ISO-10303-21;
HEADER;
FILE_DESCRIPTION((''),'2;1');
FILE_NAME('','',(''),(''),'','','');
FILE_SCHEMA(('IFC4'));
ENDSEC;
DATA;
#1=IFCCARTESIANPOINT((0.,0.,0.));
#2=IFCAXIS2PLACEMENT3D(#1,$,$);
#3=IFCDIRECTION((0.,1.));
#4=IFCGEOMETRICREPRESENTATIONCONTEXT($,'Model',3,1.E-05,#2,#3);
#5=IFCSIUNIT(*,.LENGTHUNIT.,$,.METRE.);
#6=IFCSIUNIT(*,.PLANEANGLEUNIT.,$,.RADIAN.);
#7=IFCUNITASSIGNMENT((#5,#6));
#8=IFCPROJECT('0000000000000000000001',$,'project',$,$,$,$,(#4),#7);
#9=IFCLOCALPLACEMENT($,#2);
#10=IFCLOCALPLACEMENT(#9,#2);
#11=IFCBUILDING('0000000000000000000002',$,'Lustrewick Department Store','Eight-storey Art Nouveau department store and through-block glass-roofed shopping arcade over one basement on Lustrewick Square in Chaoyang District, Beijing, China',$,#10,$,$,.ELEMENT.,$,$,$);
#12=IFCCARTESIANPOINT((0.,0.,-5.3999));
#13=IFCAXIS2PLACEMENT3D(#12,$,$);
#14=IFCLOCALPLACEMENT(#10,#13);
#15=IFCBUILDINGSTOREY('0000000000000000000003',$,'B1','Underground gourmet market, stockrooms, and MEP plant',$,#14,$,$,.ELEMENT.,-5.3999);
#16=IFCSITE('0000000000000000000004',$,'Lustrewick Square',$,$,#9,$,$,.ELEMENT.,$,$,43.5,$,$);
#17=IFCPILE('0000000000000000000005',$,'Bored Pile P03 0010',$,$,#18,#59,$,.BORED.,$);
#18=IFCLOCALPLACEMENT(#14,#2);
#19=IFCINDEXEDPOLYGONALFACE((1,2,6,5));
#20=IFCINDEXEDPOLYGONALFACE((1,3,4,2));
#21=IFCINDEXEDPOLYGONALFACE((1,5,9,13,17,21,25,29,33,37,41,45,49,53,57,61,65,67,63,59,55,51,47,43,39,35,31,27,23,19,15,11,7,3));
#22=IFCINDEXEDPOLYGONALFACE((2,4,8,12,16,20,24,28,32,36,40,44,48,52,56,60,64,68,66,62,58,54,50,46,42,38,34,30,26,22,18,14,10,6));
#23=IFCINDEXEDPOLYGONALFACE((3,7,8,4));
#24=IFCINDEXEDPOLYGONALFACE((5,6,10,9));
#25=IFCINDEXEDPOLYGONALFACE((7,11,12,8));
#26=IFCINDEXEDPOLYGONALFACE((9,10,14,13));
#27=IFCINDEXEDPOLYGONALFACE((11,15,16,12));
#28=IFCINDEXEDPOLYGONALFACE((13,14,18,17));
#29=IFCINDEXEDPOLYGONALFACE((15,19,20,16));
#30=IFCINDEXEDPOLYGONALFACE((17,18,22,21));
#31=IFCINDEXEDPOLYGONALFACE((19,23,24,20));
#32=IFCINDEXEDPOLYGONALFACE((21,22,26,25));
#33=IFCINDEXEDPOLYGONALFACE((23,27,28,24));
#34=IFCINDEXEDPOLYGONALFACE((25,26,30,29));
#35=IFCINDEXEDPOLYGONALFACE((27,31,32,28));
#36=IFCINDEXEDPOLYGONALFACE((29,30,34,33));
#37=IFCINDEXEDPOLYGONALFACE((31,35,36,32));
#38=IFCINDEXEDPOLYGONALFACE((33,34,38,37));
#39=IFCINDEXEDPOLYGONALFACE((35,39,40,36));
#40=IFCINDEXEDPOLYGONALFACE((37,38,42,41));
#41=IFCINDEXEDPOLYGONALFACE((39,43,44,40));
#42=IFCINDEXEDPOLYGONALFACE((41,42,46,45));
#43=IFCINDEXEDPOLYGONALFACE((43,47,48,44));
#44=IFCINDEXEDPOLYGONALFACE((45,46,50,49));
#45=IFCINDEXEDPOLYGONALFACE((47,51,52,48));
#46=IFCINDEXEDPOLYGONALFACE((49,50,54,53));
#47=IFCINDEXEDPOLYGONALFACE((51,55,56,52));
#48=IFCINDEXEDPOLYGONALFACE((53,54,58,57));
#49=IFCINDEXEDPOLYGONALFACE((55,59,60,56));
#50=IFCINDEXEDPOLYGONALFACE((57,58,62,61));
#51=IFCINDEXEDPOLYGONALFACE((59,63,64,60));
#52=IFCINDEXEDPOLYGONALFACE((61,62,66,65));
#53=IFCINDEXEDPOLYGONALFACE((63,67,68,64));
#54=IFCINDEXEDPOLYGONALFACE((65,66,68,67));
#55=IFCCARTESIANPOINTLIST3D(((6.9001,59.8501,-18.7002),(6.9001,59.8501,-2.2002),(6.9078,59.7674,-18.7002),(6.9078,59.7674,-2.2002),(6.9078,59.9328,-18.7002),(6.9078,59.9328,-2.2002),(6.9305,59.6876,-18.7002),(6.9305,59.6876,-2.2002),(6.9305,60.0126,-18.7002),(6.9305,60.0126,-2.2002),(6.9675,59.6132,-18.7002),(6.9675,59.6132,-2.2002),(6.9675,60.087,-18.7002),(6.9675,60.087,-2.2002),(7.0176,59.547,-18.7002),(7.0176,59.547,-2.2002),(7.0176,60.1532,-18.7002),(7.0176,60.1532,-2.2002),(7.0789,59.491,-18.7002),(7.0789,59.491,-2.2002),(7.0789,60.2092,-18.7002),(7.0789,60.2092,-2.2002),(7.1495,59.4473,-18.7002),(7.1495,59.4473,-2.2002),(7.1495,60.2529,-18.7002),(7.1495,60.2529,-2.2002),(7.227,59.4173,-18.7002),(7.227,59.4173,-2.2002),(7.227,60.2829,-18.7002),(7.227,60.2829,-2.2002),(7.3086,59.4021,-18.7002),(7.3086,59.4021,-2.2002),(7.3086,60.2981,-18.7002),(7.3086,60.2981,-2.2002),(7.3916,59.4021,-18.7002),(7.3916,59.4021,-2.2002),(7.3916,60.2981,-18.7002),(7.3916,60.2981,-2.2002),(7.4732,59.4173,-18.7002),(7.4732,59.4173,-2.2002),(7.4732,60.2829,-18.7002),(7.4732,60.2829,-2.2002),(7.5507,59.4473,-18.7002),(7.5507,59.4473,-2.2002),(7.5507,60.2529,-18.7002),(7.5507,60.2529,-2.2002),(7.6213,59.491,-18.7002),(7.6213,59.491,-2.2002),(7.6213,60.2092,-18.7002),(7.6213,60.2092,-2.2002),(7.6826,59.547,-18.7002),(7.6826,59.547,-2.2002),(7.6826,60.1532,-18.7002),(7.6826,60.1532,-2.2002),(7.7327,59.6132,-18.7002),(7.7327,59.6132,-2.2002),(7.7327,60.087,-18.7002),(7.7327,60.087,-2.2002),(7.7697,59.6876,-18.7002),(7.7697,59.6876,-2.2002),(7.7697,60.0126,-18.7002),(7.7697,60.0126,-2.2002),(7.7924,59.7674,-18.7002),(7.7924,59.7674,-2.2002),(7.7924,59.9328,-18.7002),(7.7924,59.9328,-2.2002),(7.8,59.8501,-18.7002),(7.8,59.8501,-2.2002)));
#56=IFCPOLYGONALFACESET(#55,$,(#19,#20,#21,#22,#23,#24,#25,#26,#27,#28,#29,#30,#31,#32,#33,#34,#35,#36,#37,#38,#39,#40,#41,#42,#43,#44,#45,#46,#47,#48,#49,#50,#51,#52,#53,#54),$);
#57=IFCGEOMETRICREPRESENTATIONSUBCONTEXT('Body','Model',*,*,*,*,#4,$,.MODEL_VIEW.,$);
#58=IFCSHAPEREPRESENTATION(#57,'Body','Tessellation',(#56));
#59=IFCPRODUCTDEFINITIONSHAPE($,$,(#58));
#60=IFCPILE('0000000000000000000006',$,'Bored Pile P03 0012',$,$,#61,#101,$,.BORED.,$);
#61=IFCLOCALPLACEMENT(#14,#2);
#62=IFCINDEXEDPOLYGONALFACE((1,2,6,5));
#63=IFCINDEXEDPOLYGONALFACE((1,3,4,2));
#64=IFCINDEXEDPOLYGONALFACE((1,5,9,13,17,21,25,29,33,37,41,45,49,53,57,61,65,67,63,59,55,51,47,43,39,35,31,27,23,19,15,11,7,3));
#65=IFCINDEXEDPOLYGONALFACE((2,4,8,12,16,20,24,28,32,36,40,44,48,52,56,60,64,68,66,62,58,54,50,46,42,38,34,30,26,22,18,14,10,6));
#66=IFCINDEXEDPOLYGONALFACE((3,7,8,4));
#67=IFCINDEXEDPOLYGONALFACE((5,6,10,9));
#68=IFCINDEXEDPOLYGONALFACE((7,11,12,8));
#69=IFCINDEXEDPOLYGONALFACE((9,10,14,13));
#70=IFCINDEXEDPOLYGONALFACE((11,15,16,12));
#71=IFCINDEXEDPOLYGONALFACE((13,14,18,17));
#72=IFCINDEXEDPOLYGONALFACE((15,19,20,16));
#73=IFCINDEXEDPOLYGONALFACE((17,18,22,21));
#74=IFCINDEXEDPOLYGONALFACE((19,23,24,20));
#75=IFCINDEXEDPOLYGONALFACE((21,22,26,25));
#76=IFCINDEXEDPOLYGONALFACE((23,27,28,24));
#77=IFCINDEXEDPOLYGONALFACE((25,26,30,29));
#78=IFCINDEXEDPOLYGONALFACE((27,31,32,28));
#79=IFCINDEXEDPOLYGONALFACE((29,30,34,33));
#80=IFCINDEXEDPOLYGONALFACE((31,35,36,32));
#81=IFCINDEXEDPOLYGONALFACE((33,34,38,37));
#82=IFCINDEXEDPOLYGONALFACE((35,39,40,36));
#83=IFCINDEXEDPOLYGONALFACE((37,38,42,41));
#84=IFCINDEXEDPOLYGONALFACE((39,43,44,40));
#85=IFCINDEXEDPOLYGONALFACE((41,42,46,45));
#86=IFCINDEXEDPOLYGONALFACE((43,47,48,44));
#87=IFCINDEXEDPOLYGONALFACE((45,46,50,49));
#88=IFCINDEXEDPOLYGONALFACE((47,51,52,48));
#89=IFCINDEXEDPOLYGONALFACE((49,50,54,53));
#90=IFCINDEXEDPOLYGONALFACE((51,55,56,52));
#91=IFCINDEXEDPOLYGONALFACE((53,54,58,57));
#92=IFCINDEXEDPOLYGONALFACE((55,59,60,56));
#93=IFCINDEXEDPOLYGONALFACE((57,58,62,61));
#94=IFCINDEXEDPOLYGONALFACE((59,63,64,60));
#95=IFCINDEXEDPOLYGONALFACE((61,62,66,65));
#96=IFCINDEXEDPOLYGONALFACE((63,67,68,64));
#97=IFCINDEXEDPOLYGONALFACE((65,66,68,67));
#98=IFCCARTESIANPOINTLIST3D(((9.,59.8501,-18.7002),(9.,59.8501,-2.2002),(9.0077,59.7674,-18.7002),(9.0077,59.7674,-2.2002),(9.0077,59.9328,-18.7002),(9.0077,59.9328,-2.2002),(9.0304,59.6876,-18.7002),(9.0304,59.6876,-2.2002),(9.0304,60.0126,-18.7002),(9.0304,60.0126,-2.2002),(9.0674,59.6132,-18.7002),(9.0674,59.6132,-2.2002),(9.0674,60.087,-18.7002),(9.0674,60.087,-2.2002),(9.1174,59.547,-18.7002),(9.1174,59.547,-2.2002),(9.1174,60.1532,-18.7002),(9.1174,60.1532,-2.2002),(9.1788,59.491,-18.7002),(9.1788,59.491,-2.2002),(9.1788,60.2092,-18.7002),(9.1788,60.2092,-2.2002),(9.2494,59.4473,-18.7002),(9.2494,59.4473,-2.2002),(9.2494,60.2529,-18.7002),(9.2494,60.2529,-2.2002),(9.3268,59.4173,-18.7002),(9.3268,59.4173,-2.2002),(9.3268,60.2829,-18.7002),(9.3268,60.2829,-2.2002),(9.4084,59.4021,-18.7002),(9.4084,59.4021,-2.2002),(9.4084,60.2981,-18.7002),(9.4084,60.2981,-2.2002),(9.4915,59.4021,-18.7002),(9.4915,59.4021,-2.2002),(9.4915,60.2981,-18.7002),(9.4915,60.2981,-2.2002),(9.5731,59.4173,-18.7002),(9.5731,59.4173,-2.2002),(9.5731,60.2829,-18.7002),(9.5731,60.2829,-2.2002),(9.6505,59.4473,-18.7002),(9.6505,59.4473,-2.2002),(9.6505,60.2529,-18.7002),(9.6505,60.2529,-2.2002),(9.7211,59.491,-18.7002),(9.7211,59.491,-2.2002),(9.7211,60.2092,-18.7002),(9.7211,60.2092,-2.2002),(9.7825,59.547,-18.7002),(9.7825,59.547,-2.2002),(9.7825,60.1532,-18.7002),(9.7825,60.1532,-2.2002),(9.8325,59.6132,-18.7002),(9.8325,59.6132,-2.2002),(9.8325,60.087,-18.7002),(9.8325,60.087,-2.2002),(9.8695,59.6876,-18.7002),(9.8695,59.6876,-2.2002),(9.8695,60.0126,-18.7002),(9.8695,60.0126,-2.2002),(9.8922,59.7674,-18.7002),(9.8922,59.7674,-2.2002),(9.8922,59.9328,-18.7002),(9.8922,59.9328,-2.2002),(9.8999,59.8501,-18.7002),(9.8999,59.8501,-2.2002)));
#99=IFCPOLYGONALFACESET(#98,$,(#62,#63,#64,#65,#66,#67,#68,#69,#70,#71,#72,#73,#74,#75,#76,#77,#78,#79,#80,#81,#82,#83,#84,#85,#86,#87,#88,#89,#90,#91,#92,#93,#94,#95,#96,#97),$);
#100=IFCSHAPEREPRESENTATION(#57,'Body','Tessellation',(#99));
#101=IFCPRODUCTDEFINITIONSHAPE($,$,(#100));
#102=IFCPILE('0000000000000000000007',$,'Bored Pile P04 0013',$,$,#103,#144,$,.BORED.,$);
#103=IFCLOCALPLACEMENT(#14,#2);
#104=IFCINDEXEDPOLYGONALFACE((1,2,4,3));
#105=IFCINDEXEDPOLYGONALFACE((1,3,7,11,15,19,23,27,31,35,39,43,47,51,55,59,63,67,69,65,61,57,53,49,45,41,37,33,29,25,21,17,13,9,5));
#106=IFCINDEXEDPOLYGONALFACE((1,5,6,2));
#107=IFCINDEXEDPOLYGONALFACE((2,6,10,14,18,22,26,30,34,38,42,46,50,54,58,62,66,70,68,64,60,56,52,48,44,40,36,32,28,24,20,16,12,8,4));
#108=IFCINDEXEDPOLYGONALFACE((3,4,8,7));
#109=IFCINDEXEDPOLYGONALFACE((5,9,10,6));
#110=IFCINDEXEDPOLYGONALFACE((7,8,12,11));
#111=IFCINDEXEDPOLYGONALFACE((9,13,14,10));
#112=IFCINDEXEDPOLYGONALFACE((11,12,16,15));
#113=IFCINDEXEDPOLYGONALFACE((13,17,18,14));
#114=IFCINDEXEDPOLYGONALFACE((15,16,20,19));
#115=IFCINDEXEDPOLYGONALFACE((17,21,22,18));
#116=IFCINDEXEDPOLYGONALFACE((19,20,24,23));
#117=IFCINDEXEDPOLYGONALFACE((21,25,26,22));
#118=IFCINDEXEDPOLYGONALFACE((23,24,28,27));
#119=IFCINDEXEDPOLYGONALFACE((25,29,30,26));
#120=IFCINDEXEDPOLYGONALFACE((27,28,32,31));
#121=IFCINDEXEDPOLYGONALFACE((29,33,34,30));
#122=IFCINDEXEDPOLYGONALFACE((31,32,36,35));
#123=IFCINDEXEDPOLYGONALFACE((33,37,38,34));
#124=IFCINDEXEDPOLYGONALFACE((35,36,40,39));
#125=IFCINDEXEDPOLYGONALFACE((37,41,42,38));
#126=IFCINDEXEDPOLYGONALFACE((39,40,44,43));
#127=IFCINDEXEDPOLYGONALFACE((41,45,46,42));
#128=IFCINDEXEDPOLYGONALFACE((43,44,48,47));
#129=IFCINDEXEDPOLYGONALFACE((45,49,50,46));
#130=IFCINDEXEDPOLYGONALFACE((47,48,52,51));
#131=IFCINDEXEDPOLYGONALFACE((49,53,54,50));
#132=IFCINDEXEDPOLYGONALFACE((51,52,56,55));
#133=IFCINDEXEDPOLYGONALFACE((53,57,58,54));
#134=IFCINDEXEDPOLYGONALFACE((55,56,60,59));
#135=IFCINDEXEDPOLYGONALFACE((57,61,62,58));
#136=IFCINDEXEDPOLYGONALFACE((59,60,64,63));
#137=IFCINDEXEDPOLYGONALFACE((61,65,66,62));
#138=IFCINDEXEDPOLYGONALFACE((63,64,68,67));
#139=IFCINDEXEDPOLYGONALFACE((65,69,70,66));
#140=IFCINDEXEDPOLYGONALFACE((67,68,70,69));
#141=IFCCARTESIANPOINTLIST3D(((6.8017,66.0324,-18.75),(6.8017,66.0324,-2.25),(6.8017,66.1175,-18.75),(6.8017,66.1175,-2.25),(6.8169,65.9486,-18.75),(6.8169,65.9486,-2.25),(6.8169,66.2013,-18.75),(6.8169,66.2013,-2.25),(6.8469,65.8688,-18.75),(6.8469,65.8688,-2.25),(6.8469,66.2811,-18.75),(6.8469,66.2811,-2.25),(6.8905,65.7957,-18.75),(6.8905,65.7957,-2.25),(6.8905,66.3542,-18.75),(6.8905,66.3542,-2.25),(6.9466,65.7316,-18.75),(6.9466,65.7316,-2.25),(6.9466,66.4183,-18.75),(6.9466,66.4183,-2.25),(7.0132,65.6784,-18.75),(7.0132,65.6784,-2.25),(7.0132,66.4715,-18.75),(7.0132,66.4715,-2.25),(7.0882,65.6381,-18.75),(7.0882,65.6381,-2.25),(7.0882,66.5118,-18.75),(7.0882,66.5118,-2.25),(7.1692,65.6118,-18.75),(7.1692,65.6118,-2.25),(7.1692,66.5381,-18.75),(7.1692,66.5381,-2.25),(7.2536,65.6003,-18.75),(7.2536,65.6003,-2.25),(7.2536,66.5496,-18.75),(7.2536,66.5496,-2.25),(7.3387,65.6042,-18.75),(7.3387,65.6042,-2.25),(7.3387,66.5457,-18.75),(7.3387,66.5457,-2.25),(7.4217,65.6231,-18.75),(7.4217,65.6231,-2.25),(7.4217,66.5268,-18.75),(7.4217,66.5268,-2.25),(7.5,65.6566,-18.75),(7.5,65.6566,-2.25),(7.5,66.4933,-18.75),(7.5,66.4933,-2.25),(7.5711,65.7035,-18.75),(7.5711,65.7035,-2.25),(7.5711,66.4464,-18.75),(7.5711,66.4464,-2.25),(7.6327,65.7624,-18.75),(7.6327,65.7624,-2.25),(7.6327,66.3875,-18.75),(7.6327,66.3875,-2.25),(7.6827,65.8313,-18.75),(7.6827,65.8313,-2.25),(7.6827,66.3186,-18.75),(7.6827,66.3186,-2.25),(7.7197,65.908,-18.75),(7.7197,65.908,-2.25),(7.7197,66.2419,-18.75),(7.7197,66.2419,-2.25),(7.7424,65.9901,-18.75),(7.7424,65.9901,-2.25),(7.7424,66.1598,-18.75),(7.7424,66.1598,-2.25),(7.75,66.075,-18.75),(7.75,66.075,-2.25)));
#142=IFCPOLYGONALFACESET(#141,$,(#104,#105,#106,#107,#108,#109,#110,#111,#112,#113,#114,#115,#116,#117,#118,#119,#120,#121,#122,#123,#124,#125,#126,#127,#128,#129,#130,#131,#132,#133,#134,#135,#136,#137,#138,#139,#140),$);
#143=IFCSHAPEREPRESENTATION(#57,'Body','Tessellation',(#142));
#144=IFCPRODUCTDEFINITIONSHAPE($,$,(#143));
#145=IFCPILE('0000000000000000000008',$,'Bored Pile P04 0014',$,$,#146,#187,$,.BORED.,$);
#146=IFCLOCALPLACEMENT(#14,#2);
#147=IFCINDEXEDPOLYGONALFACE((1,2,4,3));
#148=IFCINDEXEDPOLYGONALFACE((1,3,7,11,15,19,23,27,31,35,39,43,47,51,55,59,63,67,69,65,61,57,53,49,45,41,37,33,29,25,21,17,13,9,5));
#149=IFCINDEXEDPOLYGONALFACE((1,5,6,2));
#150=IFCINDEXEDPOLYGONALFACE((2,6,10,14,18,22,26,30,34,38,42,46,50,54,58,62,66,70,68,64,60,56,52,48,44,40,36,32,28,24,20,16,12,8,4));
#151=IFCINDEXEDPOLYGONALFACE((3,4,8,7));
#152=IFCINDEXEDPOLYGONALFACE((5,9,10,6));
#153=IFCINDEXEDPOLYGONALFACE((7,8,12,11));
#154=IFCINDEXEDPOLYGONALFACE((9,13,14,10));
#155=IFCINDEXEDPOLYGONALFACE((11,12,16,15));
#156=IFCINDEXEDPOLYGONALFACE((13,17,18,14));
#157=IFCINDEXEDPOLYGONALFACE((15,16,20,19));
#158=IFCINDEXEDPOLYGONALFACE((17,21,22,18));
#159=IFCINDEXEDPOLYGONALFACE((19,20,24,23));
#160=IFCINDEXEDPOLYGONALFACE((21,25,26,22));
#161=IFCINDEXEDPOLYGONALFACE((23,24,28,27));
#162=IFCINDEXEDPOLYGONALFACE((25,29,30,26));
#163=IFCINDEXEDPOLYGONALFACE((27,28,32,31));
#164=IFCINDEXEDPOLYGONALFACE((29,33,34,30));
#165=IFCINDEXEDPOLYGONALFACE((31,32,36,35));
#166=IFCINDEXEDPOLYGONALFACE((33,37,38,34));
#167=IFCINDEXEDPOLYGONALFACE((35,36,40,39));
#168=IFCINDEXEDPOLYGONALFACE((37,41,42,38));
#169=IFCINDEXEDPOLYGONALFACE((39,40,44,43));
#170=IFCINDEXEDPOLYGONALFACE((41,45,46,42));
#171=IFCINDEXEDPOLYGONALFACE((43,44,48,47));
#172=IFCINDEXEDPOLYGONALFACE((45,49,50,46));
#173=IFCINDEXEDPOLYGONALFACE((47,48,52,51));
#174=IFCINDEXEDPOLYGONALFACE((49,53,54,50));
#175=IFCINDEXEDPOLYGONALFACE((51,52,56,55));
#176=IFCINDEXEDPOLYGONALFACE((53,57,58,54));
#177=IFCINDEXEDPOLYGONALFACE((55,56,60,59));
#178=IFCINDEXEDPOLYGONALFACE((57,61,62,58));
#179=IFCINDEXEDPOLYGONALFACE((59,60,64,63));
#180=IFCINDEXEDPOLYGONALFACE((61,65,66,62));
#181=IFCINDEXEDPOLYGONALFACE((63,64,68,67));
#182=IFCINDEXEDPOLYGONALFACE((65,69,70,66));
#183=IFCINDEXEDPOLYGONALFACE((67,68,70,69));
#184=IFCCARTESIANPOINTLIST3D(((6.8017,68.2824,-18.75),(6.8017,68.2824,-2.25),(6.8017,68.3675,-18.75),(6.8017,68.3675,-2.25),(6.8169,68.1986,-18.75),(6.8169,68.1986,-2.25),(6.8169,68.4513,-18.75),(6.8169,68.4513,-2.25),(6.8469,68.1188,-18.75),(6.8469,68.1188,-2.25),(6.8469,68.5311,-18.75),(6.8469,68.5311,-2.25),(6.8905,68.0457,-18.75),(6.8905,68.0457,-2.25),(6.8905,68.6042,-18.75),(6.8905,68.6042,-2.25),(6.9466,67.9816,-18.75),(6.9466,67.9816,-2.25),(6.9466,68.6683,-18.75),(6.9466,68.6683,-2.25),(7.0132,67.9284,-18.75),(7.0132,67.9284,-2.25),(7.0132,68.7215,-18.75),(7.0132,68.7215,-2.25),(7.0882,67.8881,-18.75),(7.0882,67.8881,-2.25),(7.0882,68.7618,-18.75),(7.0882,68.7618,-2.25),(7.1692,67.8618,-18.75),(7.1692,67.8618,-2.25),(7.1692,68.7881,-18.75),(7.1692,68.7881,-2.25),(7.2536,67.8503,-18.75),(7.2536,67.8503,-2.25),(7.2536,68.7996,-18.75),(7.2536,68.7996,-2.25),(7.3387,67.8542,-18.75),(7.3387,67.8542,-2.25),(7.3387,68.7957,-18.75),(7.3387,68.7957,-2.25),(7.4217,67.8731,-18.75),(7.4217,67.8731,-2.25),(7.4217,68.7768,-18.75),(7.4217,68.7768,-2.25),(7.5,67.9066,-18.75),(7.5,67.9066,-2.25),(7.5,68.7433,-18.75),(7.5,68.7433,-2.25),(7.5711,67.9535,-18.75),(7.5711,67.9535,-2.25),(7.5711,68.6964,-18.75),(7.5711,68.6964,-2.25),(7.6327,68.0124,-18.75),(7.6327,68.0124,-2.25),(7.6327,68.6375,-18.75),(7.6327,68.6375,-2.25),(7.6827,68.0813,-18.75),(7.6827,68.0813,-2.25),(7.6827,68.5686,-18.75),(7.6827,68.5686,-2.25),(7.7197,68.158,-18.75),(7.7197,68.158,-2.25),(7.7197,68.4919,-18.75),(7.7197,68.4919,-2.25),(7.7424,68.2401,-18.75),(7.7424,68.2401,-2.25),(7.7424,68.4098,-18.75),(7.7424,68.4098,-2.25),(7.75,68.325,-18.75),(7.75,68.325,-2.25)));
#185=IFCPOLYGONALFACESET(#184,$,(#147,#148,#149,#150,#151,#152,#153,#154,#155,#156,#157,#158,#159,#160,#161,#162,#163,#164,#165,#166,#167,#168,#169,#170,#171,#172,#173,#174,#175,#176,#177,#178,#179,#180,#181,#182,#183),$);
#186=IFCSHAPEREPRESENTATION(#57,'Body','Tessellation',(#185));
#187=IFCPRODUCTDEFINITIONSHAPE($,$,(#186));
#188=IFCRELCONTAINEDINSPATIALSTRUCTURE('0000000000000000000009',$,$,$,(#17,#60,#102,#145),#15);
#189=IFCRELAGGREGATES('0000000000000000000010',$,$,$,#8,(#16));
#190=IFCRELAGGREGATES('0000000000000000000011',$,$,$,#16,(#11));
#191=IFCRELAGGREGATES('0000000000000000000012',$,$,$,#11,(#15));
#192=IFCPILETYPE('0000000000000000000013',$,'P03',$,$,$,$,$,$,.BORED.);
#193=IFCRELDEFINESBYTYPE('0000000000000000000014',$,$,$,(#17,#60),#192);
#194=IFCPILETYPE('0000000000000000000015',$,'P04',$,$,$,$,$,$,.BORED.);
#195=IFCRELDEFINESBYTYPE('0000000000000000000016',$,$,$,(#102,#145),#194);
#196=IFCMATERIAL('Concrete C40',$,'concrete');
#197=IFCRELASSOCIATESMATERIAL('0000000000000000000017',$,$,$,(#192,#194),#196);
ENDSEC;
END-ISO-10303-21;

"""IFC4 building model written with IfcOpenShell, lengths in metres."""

from ifc_helpers import new_model, si_unit, direction, frame, origin, origin_2d, place, context, subcontext, project, spatial, circle, extrude, material, material_profile, profile_set, type_object, element, save


model = new_model("IFC4")

# Units and contexts
model_context = context("Model", 3, precision=1e-05, world=origin(), true_north=direction((0.0, 1.0)))
body_context = subcontext(model_context, "Body", "Model", "MODEL_VIEW")
ifc_project = project(units=[si_unit("LENGTHUNIT", "METRE"), si_unit("PLANEANGLEUNIT", "RADIAN")], contexts=[model_context])

# Site, building, storey
site_placement = place(None, origin())
site = spatial("IfcSite", under=ifc_project, at=site_placement, Name="Lustrewick Square", CompositionType="ELEMENT", RefElevation=43.5)
building_placement = place(site_placement, origin())
building = spatial("IfcBuilding", under=site, at=building_placement, Name="Lustrewick Department Store", Description="Eight-storey Art Nouveau department store and through-block glass-roofed shopping arcade over one basement on Lustrewick Square in Chaoyang District, Beijing, China", CompositionType="ELEMENT")
storey_placement = place(building_placement, frame((0.0, 0.0, -5.3999)))
storey = spatial("IfcBuildingStorey", under=building, at=storey_placement, Name="B1", Description="Underground gourmet market, stockrooms, and MEP plant", CompositionType="ELEMENT", Elevation=-5.3999)

# Piles
ifc_material_1 = material(Name="Concrete C40", Category="concrete")
ifc_material_profile_1 = material_profile(ifc_material_1, circle(Radius=0.45, at=origin_2d()), Name="PILE D900")
ifc_profile_set_1 = profile_set([ifc_material_profile_1], Name="Concrete C40")
pile_type_1 = type_object("IfcPileType", Name="P03", PredefinedType="BORED", material=ifc_profile_set_1)
for number, where, z_axis, x_axis, name in (
    (1, (7.3501, 59.8501, -2.2002), (0.0, 0.0, -1.0), (1.0, 0.0, 0.0), "Bored Pile P03 0010"),
    (2, (9.45, 59.8501, -2.2002), (0.0, 0.0, -1.0), (1.0, 0.0, 0.0), "Bored Pile P03 0012"),
):
    element("IfcPile", number, at=place(storey_placement, frame(where, z_axis=z_axis, x_axis=x_axis)), inside=storey, type_object=pile_type_1, Name=name, PredefinedType="BORED", context=body_context, shape_type="SweptSolid", body=[
        extrude(circle(Radius=0.45, at=origin_2d()), origin(), (0.0, 0.0, 1.0), 16.5),
    ])
ifc_material_profile_2 = material_profile(ifc_material_1, circle(Radius=0.4751, at=origin_2d()), Name="PILE D950")
ifc_profile_set_2 = profile_set([ifc_material_profile_2], Name="Concrete C40")
pile_type_2 = type_object("IfcPileType", Name="P04", PredefinedType="BORED", material=ifc_profile_set_2)
for number, where, z_axis, x_axis, name in (
    (3, (7.2749, 66.075, -2.25), (0.0, 0.0, -1.0), (1.0, 0.0, 0.0), "Bored Pile P04 0013"),
    (4, (7.2749, 68.325, -2.25), (0.0, 0.0, -1.0), (1.0, 0.0, 0.0), "Bored Pile P04 0014"),
):
    element("IfcPile", number, at=place(storey_placement, frame(where, z_axis=z_axis, x_axis=x_axis)), inside=storey, type_object=pile_type_2, Name=name, PredefinedType="BORED", context=body_context, shape_type="SweptSolid", body=[
        extrude(circle(Radius=0.4751, at=origin_2d()), origin(), (0.0, 0.0, 1.0), 16.5),
    ])

save(model, "model.ifc")
